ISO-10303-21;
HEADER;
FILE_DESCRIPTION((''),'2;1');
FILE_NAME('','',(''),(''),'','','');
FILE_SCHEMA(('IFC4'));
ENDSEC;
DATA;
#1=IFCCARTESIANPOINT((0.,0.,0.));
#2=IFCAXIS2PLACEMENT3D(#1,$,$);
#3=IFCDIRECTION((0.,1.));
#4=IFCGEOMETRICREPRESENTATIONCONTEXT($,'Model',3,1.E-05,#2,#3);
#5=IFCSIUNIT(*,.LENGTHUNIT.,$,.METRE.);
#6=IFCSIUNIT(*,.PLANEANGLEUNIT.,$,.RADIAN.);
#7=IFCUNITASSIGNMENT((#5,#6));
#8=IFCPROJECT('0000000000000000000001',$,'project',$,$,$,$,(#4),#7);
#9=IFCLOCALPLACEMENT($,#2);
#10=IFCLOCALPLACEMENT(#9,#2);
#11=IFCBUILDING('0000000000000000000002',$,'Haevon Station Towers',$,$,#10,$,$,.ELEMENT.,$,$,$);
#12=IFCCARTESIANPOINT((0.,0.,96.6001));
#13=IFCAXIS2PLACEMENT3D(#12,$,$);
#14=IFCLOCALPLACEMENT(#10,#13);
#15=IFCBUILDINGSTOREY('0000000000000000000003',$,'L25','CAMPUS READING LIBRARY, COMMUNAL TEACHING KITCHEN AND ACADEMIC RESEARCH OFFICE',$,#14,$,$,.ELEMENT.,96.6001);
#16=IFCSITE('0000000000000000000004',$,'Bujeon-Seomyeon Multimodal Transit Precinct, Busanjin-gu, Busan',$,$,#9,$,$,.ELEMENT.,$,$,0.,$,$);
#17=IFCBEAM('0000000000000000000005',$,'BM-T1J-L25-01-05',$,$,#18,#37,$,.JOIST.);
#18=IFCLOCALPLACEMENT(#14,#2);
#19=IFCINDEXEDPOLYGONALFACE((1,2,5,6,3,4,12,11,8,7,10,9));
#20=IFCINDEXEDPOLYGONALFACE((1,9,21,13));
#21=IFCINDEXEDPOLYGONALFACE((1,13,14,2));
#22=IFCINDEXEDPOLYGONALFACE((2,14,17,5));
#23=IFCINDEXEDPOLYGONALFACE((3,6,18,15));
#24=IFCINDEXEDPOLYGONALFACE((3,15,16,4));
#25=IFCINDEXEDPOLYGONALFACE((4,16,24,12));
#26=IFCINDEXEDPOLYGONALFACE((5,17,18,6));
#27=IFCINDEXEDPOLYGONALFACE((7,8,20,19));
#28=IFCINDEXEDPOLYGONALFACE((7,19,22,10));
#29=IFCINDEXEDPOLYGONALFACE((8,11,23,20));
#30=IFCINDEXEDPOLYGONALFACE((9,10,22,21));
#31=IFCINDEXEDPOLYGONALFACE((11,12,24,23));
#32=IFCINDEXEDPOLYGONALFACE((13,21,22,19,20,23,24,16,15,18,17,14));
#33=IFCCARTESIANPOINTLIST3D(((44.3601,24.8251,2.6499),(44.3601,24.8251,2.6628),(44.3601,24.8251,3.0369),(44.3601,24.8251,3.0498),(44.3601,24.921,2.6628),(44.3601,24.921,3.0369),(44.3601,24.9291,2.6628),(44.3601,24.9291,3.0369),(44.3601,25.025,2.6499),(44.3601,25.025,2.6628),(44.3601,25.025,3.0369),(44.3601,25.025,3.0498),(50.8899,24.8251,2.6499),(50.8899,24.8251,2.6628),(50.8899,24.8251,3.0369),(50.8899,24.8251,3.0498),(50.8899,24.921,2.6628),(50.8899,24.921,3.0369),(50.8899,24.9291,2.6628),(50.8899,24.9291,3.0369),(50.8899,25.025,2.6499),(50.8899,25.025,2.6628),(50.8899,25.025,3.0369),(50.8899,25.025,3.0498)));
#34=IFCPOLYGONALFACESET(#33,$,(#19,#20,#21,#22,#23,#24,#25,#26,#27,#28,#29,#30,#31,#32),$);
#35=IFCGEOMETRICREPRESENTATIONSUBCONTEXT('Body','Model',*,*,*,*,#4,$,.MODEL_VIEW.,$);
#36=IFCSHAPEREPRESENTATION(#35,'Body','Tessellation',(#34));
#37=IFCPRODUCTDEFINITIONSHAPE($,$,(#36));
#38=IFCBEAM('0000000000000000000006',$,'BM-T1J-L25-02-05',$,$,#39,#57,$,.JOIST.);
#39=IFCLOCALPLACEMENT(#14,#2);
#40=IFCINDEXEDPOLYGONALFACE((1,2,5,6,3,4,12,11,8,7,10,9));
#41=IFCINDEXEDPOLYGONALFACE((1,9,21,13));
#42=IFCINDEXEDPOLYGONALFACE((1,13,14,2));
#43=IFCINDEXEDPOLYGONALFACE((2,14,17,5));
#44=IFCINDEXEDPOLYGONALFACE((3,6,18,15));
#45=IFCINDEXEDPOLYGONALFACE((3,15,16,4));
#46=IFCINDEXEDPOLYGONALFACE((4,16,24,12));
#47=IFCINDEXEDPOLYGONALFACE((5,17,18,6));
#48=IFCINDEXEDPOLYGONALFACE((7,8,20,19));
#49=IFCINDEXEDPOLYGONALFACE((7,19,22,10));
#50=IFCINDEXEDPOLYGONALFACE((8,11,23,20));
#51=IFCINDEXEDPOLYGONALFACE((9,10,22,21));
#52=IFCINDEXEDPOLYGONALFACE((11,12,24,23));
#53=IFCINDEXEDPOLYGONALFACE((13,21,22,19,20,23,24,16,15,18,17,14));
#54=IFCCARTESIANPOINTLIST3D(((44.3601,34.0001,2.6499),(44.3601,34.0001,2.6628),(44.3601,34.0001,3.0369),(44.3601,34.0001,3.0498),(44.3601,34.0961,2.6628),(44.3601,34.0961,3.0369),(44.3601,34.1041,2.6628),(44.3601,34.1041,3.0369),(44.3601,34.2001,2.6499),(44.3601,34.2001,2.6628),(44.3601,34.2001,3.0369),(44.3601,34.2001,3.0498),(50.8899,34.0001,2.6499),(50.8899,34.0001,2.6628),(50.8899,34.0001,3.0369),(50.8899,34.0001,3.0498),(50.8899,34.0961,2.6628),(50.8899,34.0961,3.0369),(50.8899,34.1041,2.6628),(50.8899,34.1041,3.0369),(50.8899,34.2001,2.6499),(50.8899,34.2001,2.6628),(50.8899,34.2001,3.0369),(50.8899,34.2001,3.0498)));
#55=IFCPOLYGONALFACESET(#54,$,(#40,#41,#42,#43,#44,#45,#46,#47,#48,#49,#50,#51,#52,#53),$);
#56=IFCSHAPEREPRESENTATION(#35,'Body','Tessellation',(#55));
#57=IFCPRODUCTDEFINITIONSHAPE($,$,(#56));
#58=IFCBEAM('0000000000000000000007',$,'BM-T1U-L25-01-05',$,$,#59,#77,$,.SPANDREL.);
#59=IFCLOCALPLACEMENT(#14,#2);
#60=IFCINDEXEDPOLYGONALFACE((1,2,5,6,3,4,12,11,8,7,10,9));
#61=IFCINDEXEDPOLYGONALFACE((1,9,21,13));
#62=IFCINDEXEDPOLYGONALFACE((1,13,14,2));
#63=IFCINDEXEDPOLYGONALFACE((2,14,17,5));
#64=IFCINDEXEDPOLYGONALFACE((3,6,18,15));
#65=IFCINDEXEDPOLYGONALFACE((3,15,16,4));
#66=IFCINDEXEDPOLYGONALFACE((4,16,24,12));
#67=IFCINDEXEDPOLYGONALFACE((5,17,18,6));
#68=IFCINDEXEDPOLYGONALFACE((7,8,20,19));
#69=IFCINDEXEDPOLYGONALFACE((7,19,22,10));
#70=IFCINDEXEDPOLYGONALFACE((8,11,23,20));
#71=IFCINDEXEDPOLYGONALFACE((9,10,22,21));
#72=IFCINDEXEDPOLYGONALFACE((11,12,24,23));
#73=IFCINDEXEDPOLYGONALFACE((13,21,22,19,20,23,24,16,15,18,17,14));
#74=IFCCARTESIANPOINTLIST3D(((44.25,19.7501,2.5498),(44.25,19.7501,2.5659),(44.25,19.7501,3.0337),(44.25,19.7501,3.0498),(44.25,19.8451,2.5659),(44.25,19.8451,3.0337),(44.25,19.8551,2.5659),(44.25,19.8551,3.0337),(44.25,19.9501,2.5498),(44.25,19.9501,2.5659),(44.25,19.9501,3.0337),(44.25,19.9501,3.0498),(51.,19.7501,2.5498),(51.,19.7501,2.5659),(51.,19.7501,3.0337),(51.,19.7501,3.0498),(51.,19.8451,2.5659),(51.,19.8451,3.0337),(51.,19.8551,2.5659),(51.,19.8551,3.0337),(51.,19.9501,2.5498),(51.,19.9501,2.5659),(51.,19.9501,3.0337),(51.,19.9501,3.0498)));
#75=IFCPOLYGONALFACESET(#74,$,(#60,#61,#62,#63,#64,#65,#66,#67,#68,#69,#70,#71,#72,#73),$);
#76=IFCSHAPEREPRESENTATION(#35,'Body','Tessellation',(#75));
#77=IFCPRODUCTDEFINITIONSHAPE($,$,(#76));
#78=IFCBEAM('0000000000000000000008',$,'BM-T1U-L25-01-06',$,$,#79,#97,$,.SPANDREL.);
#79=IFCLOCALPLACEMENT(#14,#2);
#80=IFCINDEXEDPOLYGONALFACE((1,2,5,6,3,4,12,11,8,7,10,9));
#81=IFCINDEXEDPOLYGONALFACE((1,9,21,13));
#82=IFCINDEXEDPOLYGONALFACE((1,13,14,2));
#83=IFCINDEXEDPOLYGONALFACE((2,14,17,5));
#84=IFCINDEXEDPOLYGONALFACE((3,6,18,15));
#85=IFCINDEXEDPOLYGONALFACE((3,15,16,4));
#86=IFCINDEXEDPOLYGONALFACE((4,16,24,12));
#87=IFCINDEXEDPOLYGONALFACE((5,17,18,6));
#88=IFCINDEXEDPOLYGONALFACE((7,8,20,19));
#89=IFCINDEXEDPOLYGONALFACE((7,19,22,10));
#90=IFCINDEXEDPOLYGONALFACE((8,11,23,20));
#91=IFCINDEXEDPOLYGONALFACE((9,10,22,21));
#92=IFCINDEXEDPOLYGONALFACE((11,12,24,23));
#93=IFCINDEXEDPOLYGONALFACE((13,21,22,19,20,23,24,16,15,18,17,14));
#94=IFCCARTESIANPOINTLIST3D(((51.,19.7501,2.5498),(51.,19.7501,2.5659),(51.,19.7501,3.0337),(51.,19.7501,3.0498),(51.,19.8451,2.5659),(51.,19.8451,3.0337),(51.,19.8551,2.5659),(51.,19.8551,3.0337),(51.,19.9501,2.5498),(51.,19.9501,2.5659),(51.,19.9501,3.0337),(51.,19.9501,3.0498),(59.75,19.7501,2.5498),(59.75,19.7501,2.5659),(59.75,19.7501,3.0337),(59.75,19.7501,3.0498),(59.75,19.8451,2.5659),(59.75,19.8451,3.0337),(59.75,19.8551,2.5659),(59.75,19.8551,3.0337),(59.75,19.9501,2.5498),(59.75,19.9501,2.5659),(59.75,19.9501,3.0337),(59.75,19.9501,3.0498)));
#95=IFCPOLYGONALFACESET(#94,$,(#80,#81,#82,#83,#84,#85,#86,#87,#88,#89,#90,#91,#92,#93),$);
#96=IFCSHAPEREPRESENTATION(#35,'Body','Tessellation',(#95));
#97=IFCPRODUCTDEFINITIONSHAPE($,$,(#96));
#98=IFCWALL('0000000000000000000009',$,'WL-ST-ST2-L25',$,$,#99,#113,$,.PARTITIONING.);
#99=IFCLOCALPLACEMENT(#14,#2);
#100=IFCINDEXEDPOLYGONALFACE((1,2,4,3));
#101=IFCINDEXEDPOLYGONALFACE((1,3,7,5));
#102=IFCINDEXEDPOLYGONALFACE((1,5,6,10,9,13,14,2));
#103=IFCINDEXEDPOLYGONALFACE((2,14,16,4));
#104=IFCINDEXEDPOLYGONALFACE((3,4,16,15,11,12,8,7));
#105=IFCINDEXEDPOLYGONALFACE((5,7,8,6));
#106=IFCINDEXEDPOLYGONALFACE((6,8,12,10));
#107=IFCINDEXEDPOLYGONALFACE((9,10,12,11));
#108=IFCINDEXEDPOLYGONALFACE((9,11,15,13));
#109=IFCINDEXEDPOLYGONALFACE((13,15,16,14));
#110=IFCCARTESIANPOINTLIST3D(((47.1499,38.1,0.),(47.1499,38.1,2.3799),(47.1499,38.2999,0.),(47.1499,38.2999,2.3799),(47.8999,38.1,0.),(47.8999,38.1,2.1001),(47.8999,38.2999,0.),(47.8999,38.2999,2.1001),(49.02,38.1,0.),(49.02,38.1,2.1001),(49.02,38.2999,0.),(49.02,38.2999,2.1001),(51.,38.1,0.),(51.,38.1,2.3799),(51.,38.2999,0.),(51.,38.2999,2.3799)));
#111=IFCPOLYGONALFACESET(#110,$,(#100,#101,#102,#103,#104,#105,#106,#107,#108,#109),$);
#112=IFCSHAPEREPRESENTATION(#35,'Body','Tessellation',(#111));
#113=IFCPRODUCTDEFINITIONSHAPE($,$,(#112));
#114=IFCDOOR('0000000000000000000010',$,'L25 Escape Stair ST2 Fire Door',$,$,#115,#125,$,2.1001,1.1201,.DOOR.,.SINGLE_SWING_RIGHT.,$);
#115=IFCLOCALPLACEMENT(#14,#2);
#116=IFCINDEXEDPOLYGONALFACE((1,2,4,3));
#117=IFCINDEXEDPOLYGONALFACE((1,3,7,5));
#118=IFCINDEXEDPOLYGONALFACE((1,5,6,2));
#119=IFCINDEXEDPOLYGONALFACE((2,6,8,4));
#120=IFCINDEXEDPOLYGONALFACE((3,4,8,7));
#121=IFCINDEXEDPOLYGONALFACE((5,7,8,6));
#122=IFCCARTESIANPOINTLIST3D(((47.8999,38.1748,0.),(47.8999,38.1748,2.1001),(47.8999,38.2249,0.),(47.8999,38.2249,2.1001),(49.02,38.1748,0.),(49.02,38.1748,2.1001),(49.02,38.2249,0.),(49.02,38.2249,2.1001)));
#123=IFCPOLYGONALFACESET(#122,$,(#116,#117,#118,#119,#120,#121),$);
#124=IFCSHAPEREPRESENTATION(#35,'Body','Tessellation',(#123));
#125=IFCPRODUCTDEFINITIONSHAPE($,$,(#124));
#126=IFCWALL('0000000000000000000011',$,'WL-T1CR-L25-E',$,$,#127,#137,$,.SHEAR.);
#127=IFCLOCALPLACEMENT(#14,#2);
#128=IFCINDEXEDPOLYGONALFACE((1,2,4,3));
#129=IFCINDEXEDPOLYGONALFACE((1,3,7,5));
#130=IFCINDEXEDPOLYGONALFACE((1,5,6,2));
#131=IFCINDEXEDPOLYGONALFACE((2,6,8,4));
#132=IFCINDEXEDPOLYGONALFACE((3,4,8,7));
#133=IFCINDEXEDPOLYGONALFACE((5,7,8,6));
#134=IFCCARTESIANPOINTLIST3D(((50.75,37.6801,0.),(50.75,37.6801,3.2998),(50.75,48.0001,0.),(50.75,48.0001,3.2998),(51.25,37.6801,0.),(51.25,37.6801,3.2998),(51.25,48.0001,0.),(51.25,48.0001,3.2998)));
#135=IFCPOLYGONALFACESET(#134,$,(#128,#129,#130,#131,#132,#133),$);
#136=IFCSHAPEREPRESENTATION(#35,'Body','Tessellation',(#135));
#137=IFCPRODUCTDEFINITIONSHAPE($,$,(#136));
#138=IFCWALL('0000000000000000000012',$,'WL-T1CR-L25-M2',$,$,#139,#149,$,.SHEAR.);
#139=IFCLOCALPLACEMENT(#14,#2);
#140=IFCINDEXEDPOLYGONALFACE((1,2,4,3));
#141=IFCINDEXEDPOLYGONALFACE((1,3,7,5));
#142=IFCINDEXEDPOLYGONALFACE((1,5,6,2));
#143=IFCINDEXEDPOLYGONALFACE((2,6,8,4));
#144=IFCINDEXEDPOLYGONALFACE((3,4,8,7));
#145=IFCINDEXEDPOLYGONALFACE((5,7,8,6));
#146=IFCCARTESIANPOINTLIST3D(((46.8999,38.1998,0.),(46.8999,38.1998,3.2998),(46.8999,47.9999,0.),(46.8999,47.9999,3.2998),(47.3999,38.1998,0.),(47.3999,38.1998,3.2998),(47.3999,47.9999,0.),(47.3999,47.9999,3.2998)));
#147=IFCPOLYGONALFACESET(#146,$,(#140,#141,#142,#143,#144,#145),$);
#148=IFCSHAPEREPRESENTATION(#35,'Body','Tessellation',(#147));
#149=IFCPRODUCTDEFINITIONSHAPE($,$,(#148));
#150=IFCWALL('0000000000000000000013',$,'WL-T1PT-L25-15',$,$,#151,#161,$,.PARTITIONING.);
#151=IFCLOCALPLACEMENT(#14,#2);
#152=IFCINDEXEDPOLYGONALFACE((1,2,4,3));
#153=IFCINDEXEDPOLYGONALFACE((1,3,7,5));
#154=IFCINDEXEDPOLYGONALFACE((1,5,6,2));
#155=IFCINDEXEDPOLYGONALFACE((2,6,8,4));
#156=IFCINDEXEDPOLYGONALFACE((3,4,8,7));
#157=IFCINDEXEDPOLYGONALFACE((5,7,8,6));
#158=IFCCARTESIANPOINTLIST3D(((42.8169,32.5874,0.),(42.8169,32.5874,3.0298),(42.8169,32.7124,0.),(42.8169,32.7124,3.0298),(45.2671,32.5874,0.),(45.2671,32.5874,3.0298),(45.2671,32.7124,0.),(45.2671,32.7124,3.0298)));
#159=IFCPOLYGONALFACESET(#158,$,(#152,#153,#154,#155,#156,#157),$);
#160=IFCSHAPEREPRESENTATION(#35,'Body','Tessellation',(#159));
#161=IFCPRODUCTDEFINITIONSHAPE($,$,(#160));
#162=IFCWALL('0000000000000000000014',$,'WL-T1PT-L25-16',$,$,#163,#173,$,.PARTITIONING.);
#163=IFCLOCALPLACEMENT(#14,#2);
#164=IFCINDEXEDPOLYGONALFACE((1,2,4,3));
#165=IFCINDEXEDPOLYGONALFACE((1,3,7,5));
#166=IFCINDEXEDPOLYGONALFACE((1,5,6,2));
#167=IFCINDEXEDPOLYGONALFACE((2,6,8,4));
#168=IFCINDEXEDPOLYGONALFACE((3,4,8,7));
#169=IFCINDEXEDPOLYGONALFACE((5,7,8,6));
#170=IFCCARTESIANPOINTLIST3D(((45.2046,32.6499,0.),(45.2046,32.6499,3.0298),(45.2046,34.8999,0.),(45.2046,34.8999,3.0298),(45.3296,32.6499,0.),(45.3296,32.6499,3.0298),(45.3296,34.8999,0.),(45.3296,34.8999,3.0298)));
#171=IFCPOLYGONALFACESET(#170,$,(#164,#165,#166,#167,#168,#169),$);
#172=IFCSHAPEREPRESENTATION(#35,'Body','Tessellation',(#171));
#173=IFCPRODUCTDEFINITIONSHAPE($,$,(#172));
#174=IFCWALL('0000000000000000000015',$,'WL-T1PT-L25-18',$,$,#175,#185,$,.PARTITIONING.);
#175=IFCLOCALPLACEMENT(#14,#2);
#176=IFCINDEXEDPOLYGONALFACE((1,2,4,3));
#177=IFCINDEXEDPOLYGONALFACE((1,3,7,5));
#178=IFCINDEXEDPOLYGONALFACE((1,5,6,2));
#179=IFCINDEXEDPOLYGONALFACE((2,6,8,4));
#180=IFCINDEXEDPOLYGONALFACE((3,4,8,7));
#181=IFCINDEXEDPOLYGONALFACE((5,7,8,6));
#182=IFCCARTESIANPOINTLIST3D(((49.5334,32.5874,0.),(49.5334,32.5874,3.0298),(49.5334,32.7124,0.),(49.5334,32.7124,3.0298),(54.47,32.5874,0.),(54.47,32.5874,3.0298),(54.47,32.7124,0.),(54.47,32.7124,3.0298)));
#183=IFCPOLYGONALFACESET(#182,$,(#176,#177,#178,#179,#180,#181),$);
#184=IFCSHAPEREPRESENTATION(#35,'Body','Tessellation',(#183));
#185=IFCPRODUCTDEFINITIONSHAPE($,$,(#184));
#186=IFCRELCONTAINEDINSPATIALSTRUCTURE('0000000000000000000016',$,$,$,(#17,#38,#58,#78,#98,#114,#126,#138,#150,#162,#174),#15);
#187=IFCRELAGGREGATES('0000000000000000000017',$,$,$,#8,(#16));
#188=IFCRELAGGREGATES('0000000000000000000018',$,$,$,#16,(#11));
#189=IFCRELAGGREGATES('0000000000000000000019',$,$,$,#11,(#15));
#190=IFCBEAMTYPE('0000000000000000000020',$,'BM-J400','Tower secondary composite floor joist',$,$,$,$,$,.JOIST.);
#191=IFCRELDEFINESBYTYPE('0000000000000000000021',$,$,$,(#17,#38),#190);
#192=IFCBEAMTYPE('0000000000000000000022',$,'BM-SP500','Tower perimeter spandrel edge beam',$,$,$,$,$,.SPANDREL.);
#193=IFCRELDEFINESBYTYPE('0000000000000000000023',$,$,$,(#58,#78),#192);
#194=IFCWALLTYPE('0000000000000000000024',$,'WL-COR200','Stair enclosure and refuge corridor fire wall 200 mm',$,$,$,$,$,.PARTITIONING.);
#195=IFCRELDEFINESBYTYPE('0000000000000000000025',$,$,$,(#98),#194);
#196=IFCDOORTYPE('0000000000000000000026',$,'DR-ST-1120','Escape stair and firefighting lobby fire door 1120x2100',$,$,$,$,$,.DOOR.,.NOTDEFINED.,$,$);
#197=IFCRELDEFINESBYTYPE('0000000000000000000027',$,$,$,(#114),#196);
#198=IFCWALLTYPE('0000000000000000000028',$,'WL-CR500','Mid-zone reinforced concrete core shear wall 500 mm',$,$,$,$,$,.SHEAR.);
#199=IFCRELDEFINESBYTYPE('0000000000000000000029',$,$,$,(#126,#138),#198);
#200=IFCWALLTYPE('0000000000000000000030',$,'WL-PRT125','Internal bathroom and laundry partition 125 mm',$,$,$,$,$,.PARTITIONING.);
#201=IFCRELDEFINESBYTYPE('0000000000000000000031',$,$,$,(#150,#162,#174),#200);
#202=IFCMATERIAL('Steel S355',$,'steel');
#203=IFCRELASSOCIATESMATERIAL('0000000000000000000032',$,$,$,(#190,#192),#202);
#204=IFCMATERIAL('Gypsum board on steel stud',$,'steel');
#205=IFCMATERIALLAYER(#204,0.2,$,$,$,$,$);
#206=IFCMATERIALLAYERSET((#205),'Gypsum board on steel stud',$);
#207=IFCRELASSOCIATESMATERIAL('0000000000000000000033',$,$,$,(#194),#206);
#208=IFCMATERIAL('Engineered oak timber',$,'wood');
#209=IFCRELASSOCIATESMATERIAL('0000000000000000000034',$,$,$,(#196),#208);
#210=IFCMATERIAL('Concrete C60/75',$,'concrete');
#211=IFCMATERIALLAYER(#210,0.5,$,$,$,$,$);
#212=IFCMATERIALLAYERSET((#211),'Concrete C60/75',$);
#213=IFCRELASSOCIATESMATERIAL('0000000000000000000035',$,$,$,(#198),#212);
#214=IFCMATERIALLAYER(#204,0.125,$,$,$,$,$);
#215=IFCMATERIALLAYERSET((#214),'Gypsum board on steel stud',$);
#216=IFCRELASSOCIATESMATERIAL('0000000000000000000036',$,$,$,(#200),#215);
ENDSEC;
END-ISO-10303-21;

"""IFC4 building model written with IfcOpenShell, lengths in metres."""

from ifc_helpers import new_model, si_unit, direction, frame, frame_2d, origin, origin_2d, place, context, subcontext, project, spatial, rectangle, i_section, extrude, material, layer, layer_set, material_profile, profile_set, type_object, element, fill, save


model = new_model("IFC4")

# Units and contexts
model_context = context("Model", 3, precision=1e-05, world=origin(), true_north=direction((0.0, 1.0)))
body_context = subcontext(model_context, "Body", "Model", "MODEL_VIEW")
ifc_project = project(units=[si_unit("LENGTHUNIT", "METRE"), si_unit("PLANEANGLEUNIT", "RADIAN")], contexts=[model_context])

# Site, building, storey
site_placement = place(None, origin())
site = spatial("IfcSite", under=ifc_project, at=site_placement, Name="Bujeon-Seomyeon Multimodal Transit Precinct, Busanjin-gu, Busan", CompositionType="ELEMENT", RefElevation=0.0)
building_placement = place(site_placement, origin())
building = spatial("IfcBuilding", under=site, at=building_placement, Name="Haevon Station Towers", CompositionType="ELEMENT")
storey_placement = place(building_placement, frame((0.0, 0.0, 96.6001)))
storey = spatial("IfcBuildingStorey", under=building, at=storey_placement, Name="L25", Description="CAMPUS READING LIBRARY, COMMUNAL TEACHING KITCHEN AND ACADEMIC RESEARCH OFFICE", CompositionType="ELEMENT", Elevation=96.6001)

# Beams
ifc_material_1 = material(Name="Steel S355", Category="steel")
ifc_material_profile_1 = material_profile(ifc_material_1, i_section(OverallWidth=0.2, OverallDepth=0.3999, WebThickness=0.0081, FlangeThickness=0.0129, at=origin_2d()), Name="H-400x200x8x13")
ifc_profile_set_1 = profile_set([ifc_material_profile_1], Name="Steel S355")
beam_type_1 = type_object("IfcBeamType", Name="BM-J400", Description="Tower secondary composite floor joist", PredefinedType="JOIST", material=ifc_profile_set_1)
for number, where, z_axis, x_axis, name in (
    (1, (44.3601, 24.925, 2.8499), (1.0, 0.0, 0.0), (0.0, 1.0, 0.0), "BM-T1J-L25-01-05"),
    (2, (44.3601, 34.1001, 2.8499), (1.0, 0.0, 0.0), (0.0, 1.0, 0.0), "BM-T1J-L25-02-05"),
):
    element("IfcBeam", number, at=place(storey_placement, frame(where, z_axis=z_axis, x_axis=x_axis)), inside=storey, type_object=beam_type_1, Name=name, PredefinedType="JOIST", context=body_context, shape_type="SweptSolid", body=[
        extrude(i_section(OverallWidth=0.2, OverallDepth=0.3999, WebThickness=0.0081, FlangeThickness=0.0129, at=origin_2d()), origin(), (0.0, 0.0, 1.0), 6.5298),
    ])
ifc_material_profile_2 = material_profile(ifc_material_1, i_section(OverallWidth=0.2, OverallDepth=0.5, WebThickness=0.01, FlangeThickness=0.0161, at=origin_2d()), Name="H-500x200x10x16")
ifc_profile_set_2 = profile_set([ifc_material_profile_2], Name="Steel S355")
beam_type_2 = type_object("IfcBeamType", Name="BM-SP500", Description="Tower perimeter spandrel edge beam", PredefinedType="SPANDREL", material=ifc_profile_set_2)
beam_1_placement = place(storey_placement, frame((44.25, 19.8501, 2.7998), z_axis=(1.0, 0.0, 0.0), x_axis=(0.0, 1.0, 0.0)))
element("IfcBeam", 3, at=beam_1_placement, inside=storey, type_object=beam_type_2, Name="BM-T1U-L25-01-05", PredefinedType="SPANDREL", context=body_context, shape_type="SweptSolid", body=[
    extrude(i_section(OverallWidth=0.2, OverallDepth=0.5, WebThickness=0.01, FlangeThickness=0.0161, at=origin_2d()), origin(), (0.0, 0.0, 1.0), 6.75),
])
beam_2_placement = place(storey_placement, frame((51.0, 19.8501, 2.7998), z_axis=(1.0, 0.0, 0.0), x_axis=(0.0, 1.0, 0.0)))
element("IfcBeam", 4, at=beam_2_placement, inside=storey, type_object=beam_type_2, Name="BM-T1U-L25-01-06", PredefinedType="SPANDREL", context=body_context, shape_type="SweptSolid", body=[
    extrude(i_section(OverallWidth=0.2, OverallDepth=0.5, WebThickness=0.01, FlangeThickness=0.0161, at=origin_2d()), origin(), (0.0, 0.0, 1.0), 8.75),
])

# Wall, opening, door
ifc_material_2 = material(Name="Gypsum board on steel stud", Category="steel")
ifc_layer_1 = layer(ifc_material_2, 0.2)
ifc_layer_set_1 = layer_set([ifc_layer_1], Name="Gypsum board on steel stud")
wall_type_1 = type_object("IfcWallType", Name="WL-COR200", Description="Stair enclosure and refuge corridor fire wall 200 mm", PredefinedType="PARTITIONING", material=ifc_layer_set_1)
wall_1_placement = place(storey_placement, frame((47.1499, 38.2, 0.0), z_axis=(0.0, 0.0, 1.0), x_axis=(1.0, 0.0, 0.0)))
wall_1 = element("IfcWall", 5, at=wall_1_placement, inside=storey, type_object=wall_type_1, Name="WL-ST-ST2-L25", PredefinedType="PARTITIONING", context=body_context, shape_type="SweptSolid", body=[
    extrude(rectangle(XDim=3.8501, YDim=0.2, at=frame_2d((1.925, 0.0))), origin(), (0.0, 0.0, 1.0), 2.3799),
])
opening_placement = place(wall_1_placement, frame((0.75, 0.0, 0.0)))
opening = element("IfcOpeningElement", 6, at=opening_placement, cuts=wall_1, PredefinedType="OPENING", context=body_context, shape_type="SweptSolid", body=[
    extrude(rectangle(XDim=1.1201, YDim=2.1001, at=frame_2d((0.5601, 1.05))), frame((0.0, 0.1099, 0.0), z_axis=(0.0, -1.0, 0.0), x_axis=(1.0, 0.0, 0.0)), (0.0, 0.0, 1.0), 0.22),
])
ifc_material_3 = material(Name="Engineered oak timber", Category="wood")
door_type = type_object("IfcDoorType", Name="DR-ST-1120", Description="Escape stair and firefighting lobby fire door 1120x2100", OperationType="NOTDEFINED", PredefinedType="DOOR", material=ifc_material_3)
door_placement = place(opening_placement, origin())
door = element("IfcDoor", 7, at=door_placement, inside=storey, type_object=door_type, Name="L25 Escape Stair ST2 Fire Door", OperationType="SINGLE_SWING_RIGHT", OverallHeight=2.1001, OverallWidth=1.1201, PredefinedType="DOOR", context=body_context, shape_type="SweptSolid", body=[
    extrude(rectangle(XDim=1.1201, YDim=2.1001, at=frame_2d((0.5601, 1.05))), frame((0.0, 0.0249, 0.0), z_axis=(0.0, -1.0, 0.0), x_axis=(1.0, 0.0, 0.0)), (0.0, 0.0, 1.0), 0.05),
])
fill(opening, door)

# Walls
ifc_material_4 = material(Name="Concrete C60/75", Category="concrete")
ifc_layer_2 = layer(ifc_material_4, 0.5)
ifc_layer_set_2 = layer_set([ifc_layer_2], Name="Concrete C60/75")
wall_type_2 = type_object("IfcWallType", Name="WL-CR500", Description="Mid-zone reinforced concrete core shear wall 500 mm", PredefinedType="SHEAR", material=ifc_layer_set_2)
wall_2_placement = place(storey_placement, frame((51.0, 37.6799, 0.0), z_axis=(0.0, 0.0, 1.0), x_axis=(0.0, 1.0, 0.0)))
element("IfcWall", 8, at=wall_2_placement, inside=storey, type_object=wall_type_2, Name="WL-T1CR-L25-E", PredefinedType="SHEAR", context=body_context, shape_type="SweptSolid", body=[
    extrude(rectangle(XDim=10.3201, YDim=0.5, at=frame_2d((5.1602, 0.0))), origin(), (0.0, 0.0, 1.0), 3.2998),
])
wall_3_placement = place(storey_placement, frame((47.1499, 38.2, 0.0), z_axis=(0.0, 0.0, 1.0), x_axis=(0.0, 1.0, 0.0)))
element("IfcWall", 9, at=wall_3_placement, inside=storey, type_object=wall_type_2, Name="WL-T1CR-L25-M2", PredefinedType="SHEAR", context=body_context, shape_type="SweptSolid", body=[
    extrude(rectangle(XDim=9.8, YDim=0.5, at=frame_2d((4.8999, 0.0))), origin(), (0.0, 0.0, 1.0), 3.2998),
])
ifc_layer_3 = layer(ifc_material_2, 0.125)
ifc_layer_set_3 = layer_set([ifc_layer_3], Name="Gypsum board on steel stud")
wall_type_3 = type_object("IfcWallType", Name="WL-PRT125", Description="Internal bathroom and laundry partition 125 mm", PredefinedType="PARTITIONING", material=ifc_layer_set_3)
wall_4_placement = place(storey_placement, frame((42.8169, 32.6499, 0.0), z_axis=(0.0, 0.0, 1.0), x_axis=(1.0, 0.0, 0.0)))
element("IfcWall", 10, at=wall_4_placement, inside=storey, type_object=wall_type_3, Name="WL-T1PT-L25-15", PredefinedType="PARTITIONING", context=body_context, shape_type="SweptSolid", body=[
    extrude(rectangle(XDim=2.4502, YDim=0.125, at=frame_2d((1.2251, 0.0))), origin(), (0.0, 0.0, 1.0), 3.0298),
])
wall_5_placement = place(storey_placement, frame((45.2671, 32.6499, 0.0), z_axis=(0.0, 0.0, 1.0), x_axis=(0.0, 1.0, 0.0)))
element("IfcWall", 11, at=wall_5_placement, inside=storey, type_object=wall_type_3, Name="WL-T1PT-L25-16", PredefinedType="PARTITIONING", context=body_context, shape_type="SweptSolid", body=[
    extrude(rectangle(XDim=2.25, YDim=0.125, at=frame_2d((1.125, 0.0))), origin(), (0.0, 0.0, 1.0), 3.0298),
])
wall_6_placement = place(storey_placement, frame((49.5334, 32.6499, 0.0), z_axis=(0.0, 0.0, 1.0), x_axis=(1.0, 0.0, 0.0)))
element("IfcWall", 12, at=wall_6_placement, inside=storey, type_object=wall_type_3, Name="WL-T1PT-L25-18", PredefinedType="PARTITIONING", context=body_context, shape_type="SweptSolid", body=[
    extrude(rectangle(XDim=4.9365, YDim=0.125, at=frame_2d((2.4683, 0.0))), origin(), (0.0, 0.0, 1.0), 3.0298),
])

save(model, "model.ifc")
